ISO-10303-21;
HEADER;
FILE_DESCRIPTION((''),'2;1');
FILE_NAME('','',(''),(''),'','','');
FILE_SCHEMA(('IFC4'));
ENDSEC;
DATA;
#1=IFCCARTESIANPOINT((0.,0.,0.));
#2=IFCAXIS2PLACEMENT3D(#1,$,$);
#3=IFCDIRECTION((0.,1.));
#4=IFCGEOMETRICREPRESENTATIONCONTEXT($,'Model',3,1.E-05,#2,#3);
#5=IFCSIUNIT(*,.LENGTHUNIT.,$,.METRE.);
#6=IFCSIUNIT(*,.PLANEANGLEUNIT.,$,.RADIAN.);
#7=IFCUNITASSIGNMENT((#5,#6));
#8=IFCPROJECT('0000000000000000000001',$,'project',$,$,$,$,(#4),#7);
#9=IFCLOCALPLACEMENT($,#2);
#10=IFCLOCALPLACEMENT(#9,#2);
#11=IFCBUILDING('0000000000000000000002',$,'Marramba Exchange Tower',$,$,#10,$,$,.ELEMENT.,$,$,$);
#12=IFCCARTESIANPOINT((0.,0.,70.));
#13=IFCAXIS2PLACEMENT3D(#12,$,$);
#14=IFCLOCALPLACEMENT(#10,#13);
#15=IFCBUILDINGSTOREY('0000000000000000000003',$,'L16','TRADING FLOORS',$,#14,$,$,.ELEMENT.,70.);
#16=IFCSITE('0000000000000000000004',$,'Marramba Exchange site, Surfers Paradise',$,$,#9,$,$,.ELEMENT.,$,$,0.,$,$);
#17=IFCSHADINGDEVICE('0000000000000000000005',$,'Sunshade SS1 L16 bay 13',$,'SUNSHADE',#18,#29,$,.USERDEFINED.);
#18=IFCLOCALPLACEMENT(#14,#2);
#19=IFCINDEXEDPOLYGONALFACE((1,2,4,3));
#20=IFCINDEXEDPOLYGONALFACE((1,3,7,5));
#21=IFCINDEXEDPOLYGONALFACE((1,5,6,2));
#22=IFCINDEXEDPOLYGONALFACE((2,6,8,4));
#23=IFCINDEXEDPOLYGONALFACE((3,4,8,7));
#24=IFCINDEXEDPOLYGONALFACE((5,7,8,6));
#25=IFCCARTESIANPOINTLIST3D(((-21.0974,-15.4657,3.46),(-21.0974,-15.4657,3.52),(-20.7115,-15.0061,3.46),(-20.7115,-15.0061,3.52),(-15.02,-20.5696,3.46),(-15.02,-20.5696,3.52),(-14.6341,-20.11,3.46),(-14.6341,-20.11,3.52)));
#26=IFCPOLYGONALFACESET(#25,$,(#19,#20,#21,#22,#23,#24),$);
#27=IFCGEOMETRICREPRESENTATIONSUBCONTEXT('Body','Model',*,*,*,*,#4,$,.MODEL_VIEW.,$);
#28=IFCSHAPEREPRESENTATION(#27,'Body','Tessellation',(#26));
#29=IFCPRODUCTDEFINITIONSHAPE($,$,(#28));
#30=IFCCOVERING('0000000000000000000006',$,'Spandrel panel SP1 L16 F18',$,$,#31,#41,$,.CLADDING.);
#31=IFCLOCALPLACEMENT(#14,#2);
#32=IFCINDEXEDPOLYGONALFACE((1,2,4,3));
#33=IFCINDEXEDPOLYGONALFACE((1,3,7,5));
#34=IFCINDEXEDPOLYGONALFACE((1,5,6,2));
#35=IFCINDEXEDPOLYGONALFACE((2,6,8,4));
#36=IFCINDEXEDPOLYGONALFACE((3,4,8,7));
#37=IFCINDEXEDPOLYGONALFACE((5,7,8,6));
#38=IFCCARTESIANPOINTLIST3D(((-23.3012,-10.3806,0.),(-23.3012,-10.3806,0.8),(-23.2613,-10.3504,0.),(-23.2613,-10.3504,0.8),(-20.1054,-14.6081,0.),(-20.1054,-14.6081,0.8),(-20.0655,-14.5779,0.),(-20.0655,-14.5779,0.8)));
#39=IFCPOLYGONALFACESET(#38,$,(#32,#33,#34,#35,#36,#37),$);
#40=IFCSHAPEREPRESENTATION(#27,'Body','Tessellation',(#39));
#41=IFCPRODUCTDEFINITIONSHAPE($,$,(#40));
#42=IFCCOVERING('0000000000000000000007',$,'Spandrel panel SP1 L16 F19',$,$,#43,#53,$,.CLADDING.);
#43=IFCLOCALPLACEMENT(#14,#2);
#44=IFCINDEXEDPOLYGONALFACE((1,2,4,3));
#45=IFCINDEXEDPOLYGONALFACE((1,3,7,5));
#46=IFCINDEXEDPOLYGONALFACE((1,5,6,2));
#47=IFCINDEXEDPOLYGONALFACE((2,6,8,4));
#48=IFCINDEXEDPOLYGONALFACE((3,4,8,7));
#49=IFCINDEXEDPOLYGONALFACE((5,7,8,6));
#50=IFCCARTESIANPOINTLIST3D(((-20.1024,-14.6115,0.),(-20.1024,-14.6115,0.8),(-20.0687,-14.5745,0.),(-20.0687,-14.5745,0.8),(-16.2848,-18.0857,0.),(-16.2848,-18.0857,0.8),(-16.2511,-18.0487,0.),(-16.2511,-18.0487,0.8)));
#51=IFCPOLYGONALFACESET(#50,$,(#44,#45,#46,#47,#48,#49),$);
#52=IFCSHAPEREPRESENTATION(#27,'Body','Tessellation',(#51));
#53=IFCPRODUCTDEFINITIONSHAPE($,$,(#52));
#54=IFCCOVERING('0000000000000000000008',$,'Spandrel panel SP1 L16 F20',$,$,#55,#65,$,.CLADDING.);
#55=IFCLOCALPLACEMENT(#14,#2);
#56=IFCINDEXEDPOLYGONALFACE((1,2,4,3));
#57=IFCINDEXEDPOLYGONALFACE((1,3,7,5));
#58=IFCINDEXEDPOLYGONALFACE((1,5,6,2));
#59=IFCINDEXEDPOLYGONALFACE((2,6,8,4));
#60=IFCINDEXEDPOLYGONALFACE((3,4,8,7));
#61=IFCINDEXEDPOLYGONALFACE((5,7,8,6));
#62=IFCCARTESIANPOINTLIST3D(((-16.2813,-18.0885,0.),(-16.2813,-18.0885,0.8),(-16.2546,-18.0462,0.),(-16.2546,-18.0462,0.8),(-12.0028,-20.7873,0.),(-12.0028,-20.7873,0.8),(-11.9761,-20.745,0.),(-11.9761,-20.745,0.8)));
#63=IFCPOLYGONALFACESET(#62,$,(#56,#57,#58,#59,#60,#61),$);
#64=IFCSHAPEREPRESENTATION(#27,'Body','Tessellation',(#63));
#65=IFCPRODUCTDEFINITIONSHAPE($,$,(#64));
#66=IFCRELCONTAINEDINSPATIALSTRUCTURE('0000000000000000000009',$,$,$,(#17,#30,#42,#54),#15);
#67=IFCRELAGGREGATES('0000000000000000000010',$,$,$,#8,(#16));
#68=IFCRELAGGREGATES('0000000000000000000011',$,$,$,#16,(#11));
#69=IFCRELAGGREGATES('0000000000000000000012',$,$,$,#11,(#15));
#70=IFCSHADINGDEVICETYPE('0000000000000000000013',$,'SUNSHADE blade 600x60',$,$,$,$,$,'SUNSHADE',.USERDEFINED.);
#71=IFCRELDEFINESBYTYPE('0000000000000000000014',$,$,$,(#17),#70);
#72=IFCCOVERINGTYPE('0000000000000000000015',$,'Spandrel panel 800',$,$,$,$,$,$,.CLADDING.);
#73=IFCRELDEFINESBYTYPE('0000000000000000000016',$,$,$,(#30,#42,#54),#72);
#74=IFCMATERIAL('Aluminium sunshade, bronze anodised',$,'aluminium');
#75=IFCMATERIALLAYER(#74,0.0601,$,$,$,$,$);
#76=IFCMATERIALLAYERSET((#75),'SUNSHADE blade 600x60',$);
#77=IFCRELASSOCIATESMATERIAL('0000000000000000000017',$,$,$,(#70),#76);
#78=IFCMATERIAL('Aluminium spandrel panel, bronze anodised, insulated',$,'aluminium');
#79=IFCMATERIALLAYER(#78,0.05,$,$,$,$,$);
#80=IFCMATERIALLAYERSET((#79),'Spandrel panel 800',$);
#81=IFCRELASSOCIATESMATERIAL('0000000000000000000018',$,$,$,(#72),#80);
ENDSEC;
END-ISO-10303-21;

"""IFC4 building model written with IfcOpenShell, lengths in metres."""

from ifc_helpers import new_model, si_unit, direction, frame, origin, origin_2d, place, context, subcontext, project, spatial, rectangle, extrude, material, layer, layer_set, type_object, element, save


model = new_model("IFC4")

# Units and contexts
model_context = context("Model", 3, precision=1e-05, world=origin(), true_north=direction((0.0, 1.0)))
body_context = subcontext(model_context, "Body", "Model", "MODEL_VIEW")
ifc_project = project(units=[si_unit("LENGTHUNIT", "METRE"), si_unit("PLANEANGLEUNIT", "RADIAN")], contexts=[model_context])

# Site, building, storey
site_placement = place(None, origin())
site = spatial("IfcSite", under=ifc_project, at=site_placement, Name="Marramba Exchange site, Surfers Paradise", CompositionType="ELEMENT", RefElevation=0.0)
building_placement = place(site_placement, origin())
building = spatial("IfcBuilding", under=site, at=building_placement, Name="Marramba Exchange Tower", CompositionType="ELEMENT")
storey_placement = place(building_placement, frame((0.0, 0.0, 70.0)))
storey = spatial("IfcBuildingStorey", under=building, at=storey_placement, Name="L16", Description="TRADING FLOORS", CompositionType="ELEMENT", Elevation=70.0)

# Shading device
ifc_material_1 = material(Name="Aluminium sunshade, bronze anodised", Category="aluminium")
ifc_layer_1 = layer(ifc_material_1, 0.0601)
ifc_layer_set_1 = layer_set([ifc_layer_1], Name="SUNSHADE blade 600x60")
shading_device_type_1 = type_object("IfcShadingDeviceType", Name="SUNSHADE blade 600x60", ElementType="SUNSHADE", PredefinedType="USERDEFINED", material=ifc_layer_set_1)
shading_device_1_placement = place(storey_placement, frame((-17.8657, -17.7878, 3.46), z_axis=(0.0, 0.0, 1.0), x_axis=(0.765776, -0.643107, 0.0)))
element("IfcShadingDevice", 1, at=shading_device_1_placement, inside=storey, type_object=shading_device_type_1, Name="Sunshade SS1 L16 bay 13", ObjectType="SUNSHADE", PredefinedType="USERDEFINED", context=body_context, shape_type="SweptSolid", body=[
    extrude(rectangle(XDim=7.9363, YDim=0.6001, at=origin_2d()), origin(), (0.0, 0.0, 1.0), 0.0601),
])

# Coverings
ifc_material_2 = material(Name="Aluminium spandrel panel, bronze anodised, insulated", Category="aluminium")
ifc_layer_2 = layer(ifc_material_2, 0.05)
ifc_layer_set_2 = layer_set([ifc_layer_2], Name="Spandrel panel 800")
covering_type = type_object("IfcCoveringType", Name="Spandrel panel 800", PredefinedType="CLADDING", material=ifc_layer_set_2)
covering_1_placement = place(storey_placement, frame((-21.6833, -12.4792, 0.0), z_axis=(0.0, 0.0, 1.0), x_axis=(0.60304, -0.797711, 0.0)))
element("IfcCovering", 2, at=covering_1_placement, inside=storey, type_object=covering_type, Name="Spandrel panel SP1 L16 F18", PredefinedType="CLADDING", context=body_context, shape_type="SweptSolid", body=[
    extrude(rectangle(XDim=5.2996, YDim=0.05, at=origin_2d()), origin(), (0.0, 0.0, 1.0), 0.8),
])
covering_2_placement = place(storey_placement, frame((-18.1768, -16.3301, 0.0), z_axis=(0.0, 0.0, 1.0), x_axis=(0.73959, -0.673058, 0.0)))
element("IfcCovering", 3, at=covering_2_placement, inside=storey, type_object=covering_type, Name="Spandrel panel SP1 L16 F19", PredefinedType="CLADDING", context=body_context, shape_type="SweptSolid", body=[
    extrude(rectangle(XDim=5.1619, YDim=0.05, at=origin_2d()), origin(), (0.0, 0.0, 1.0), 0.8),
])
covering_3_placement = place(storey_placement, frame((-14.1287, -19.4167, 0.0), z_axis=(0.0, 0.0, 1.0), x_axis=(0.845791, -0.533515, 0.0)))
element("IfcCovering", 4, at=covering_3_placement, inside=storey, type_object=covering_type, Name="Spandrel panel SP1 L16 F20", PredefinedType="CLADDING", context=body_context, shape_type="SweptSolid", body=[
    extrude(rectangle(XDim=5.0586, YDim=0.05, at=origin_2d()), origin(), (0.0, 0.0, 1.0), 0.8),
])

save(model, "model.ifc")
